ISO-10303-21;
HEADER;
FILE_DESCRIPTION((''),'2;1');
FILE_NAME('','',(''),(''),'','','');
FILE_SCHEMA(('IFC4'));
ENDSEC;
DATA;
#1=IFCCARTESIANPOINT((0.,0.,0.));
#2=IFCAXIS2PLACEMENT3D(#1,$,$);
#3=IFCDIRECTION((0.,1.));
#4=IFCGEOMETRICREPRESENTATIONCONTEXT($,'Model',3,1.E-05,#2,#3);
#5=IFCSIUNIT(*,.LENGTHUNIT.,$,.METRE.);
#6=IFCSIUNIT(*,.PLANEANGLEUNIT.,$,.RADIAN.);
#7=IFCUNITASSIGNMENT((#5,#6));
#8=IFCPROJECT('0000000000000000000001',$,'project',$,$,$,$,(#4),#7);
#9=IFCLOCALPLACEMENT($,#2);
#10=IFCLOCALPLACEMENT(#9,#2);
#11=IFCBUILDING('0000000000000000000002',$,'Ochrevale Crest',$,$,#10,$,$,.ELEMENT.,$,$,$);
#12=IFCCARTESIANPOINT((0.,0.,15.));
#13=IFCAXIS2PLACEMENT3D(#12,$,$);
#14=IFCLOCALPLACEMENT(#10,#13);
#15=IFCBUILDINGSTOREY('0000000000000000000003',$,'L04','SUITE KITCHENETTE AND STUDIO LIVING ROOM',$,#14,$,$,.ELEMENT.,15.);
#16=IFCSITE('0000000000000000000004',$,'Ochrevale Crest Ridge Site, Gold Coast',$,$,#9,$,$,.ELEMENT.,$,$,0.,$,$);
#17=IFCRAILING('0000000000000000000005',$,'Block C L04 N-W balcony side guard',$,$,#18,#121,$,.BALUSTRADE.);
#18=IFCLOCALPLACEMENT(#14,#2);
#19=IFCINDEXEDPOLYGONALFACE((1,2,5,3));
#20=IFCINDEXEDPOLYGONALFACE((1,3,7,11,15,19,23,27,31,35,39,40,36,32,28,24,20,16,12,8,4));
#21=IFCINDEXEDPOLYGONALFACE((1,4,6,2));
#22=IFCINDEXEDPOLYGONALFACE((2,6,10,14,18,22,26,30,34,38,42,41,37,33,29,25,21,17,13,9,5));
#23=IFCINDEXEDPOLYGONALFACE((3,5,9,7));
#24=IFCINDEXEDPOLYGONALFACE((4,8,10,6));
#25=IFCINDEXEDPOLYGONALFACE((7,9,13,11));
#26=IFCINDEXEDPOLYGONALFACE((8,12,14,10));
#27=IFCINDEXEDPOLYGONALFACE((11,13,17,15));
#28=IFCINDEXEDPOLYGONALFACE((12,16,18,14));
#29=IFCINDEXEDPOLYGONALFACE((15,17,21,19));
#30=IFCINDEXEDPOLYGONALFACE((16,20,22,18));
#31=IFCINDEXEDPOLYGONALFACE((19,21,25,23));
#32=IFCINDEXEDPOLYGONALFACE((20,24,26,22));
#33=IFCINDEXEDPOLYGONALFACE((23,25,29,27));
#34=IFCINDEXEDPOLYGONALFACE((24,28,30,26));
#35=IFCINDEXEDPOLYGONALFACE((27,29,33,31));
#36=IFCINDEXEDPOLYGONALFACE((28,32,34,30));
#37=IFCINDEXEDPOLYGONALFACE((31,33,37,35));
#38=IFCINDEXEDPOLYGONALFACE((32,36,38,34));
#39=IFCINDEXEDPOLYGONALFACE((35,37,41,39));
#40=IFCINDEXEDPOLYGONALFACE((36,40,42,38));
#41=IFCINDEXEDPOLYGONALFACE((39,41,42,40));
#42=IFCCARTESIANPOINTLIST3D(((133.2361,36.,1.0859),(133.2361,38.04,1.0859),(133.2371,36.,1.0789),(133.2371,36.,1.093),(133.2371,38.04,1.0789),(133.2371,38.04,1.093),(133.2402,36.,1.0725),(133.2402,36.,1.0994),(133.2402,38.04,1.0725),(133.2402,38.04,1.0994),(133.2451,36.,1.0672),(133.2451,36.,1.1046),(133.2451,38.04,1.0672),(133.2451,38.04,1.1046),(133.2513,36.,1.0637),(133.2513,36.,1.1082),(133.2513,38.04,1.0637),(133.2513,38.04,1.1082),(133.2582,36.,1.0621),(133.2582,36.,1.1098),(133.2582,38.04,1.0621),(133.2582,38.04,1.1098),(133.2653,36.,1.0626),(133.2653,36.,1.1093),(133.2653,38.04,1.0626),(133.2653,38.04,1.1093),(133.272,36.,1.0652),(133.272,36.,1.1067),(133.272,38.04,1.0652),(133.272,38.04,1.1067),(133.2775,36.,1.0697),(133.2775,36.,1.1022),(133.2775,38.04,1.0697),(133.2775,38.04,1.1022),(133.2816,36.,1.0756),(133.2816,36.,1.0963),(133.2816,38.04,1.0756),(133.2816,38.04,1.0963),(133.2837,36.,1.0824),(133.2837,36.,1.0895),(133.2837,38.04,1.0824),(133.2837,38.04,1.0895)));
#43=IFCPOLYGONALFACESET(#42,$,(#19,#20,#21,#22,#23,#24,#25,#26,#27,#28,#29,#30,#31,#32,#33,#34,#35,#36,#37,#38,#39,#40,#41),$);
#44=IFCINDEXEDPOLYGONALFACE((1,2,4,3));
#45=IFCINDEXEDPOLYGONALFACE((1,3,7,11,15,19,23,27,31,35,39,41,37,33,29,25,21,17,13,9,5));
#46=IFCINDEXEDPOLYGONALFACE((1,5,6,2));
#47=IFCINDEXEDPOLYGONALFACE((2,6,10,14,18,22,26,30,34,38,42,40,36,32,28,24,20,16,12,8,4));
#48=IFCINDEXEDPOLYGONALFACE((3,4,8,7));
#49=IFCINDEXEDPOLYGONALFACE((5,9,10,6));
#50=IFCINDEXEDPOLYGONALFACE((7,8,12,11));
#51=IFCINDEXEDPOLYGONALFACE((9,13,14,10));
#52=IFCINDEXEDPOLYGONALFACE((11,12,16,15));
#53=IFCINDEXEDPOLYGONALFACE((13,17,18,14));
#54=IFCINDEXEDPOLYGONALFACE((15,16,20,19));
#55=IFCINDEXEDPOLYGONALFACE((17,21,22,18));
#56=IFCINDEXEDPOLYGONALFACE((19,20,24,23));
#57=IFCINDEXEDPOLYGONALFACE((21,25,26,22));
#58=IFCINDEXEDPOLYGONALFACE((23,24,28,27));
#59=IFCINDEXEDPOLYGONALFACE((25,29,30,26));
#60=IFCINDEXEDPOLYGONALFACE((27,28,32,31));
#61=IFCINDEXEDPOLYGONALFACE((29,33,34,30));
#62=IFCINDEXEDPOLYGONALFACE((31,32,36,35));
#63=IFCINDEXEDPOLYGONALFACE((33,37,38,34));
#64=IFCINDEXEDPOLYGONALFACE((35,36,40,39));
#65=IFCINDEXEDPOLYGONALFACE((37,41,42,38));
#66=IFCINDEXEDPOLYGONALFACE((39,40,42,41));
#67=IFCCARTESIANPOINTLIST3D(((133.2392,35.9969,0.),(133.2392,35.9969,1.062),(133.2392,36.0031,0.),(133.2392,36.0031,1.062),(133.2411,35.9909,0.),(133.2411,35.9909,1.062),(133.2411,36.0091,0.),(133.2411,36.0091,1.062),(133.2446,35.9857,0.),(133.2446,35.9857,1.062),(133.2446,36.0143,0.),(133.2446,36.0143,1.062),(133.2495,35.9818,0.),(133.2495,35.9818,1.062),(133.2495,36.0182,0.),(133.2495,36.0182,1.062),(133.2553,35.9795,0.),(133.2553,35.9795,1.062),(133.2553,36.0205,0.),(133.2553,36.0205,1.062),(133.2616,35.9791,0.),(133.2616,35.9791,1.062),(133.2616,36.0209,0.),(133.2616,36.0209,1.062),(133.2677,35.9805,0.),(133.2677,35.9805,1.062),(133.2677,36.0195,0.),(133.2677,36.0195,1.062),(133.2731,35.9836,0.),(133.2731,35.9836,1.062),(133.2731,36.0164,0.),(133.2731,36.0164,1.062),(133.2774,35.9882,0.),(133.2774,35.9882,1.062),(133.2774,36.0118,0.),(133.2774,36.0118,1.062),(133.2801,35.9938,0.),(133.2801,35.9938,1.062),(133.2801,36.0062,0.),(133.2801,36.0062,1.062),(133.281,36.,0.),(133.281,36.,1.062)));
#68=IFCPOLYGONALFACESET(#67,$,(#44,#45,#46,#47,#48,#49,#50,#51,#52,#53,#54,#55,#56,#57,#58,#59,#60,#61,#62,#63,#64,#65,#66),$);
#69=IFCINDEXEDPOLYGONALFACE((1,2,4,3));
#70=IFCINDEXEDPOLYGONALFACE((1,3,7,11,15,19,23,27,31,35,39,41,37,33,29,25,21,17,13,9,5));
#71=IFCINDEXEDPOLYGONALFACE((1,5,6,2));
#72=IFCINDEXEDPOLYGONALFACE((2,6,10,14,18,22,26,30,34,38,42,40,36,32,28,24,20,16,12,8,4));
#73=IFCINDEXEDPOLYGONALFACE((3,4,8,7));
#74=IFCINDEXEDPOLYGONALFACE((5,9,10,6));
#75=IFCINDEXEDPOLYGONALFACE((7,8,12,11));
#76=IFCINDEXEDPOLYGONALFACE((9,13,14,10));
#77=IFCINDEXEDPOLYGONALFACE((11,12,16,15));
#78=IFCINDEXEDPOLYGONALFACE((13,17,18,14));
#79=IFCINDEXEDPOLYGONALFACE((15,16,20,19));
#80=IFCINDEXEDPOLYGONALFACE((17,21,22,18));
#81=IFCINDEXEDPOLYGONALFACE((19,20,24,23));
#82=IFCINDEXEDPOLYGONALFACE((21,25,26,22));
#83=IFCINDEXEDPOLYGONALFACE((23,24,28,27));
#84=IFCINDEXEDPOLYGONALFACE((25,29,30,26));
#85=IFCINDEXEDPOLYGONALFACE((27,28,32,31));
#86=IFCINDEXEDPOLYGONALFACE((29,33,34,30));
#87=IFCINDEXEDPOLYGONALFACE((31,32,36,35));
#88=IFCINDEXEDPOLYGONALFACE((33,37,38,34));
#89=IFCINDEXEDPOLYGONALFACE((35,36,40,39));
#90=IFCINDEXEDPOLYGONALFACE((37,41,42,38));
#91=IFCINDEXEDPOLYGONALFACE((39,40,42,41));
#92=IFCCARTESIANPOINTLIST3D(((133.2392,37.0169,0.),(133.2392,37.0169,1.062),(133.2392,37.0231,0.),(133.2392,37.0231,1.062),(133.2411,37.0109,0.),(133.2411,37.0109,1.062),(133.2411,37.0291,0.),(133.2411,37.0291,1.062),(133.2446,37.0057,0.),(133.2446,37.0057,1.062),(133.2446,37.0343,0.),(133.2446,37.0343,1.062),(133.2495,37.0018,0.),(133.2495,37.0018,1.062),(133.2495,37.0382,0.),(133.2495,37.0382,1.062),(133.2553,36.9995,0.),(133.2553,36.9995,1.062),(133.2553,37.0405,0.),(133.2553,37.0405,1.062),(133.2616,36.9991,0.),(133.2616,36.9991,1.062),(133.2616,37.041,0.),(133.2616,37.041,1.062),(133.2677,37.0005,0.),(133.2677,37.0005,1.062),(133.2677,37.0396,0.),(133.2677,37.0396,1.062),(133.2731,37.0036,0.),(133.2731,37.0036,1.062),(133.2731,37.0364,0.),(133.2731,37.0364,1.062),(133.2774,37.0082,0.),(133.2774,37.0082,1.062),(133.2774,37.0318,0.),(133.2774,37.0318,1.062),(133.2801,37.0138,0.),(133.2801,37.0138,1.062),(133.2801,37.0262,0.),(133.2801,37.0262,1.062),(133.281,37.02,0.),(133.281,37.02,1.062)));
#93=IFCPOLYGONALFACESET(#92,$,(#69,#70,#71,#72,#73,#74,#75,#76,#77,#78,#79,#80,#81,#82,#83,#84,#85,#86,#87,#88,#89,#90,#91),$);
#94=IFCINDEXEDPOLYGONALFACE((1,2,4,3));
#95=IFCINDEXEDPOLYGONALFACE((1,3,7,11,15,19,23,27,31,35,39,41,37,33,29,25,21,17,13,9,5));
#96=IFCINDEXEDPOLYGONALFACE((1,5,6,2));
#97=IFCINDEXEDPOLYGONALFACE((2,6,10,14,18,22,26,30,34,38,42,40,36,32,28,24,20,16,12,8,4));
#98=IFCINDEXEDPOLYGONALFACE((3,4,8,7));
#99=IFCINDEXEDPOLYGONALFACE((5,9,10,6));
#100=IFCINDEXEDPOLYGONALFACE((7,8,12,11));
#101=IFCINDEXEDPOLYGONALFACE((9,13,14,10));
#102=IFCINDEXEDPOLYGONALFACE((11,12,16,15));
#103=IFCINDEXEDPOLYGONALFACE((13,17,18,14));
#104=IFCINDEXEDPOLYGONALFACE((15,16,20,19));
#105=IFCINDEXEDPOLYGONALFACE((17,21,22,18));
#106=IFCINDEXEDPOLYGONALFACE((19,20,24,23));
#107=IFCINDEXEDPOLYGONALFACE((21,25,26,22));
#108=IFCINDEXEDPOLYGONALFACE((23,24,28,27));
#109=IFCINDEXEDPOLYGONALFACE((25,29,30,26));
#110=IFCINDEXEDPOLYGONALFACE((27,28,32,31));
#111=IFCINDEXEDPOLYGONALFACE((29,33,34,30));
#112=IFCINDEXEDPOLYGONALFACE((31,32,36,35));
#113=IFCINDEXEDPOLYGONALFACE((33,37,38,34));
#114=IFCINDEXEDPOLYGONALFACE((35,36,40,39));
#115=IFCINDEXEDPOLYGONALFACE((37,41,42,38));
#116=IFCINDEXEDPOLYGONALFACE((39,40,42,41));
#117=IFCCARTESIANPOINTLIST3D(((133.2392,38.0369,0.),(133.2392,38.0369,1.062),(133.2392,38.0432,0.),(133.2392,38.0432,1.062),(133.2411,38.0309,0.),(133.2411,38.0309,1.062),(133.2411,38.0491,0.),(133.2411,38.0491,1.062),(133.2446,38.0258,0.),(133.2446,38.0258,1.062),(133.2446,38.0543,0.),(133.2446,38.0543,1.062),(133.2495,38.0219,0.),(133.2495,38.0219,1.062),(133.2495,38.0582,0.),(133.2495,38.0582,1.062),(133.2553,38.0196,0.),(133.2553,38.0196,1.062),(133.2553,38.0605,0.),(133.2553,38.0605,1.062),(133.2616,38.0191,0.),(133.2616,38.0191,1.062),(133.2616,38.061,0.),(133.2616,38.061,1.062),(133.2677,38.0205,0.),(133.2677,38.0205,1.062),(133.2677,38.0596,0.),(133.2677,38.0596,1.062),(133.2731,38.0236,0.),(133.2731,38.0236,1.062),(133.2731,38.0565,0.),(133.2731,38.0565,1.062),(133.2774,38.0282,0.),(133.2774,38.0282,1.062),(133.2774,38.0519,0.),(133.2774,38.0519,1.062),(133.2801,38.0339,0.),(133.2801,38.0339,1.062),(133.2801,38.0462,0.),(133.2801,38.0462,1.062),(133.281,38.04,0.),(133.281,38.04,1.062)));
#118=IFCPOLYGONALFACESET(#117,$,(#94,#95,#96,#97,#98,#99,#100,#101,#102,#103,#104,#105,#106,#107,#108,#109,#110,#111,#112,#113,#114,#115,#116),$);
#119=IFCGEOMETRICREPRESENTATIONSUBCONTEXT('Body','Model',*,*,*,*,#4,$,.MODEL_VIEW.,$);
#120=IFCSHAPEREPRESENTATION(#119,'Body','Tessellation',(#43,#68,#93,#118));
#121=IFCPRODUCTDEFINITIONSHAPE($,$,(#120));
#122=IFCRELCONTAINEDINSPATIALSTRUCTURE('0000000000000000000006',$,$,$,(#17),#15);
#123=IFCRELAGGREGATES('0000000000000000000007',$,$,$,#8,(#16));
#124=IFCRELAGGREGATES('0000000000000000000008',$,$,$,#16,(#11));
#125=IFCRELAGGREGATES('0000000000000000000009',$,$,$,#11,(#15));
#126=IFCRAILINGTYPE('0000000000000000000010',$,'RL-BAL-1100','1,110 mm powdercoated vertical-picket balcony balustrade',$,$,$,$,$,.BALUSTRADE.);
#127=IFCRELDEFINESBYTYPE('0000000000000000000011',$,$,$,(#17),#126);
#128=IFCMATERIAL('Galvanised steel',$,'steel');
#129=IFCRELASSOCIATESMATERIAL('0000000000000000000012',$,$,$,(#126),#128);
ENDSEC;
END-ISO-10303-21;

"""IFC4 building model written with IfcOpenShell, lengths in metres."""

from ifc_helpers import new_model, si_unit, direction, frame, origin, origin_2d, place, context, subcontext, project, spatial, circle, extrude, material, type_object, element, save


model = new_model("IFC4")

# Units and contexts
model_context = context("Model", 3, precision=1e-05, world=origin(), true_north=direction((0.0, 1.0)))
body_context = subcontext(model_context, "Body", "Model", "MODEL_VIEW")
ifc_project = project(units=[si_unit("LENGTHUNIT", "METRE"), si_unit("PLANEANGLEUNIT", "RADIAN")], contexts=[model_context])

# Site, building, storey
site_placement = place(None, origin())
site = spatial("IfcSite", under=ifc_project, at=site_placement, Name="Ochrevale Crest Ridge Site, Gold Coast", CompositionType="ELEMENT", RefElevation=0.0)
building_placement = place(site_placement, origin())
building = spatial("IfcBuilding", under=site, at=building_placement, Name="Ochrevale Crest", CompositionType="ELEMENT")
storey_placement = place(building_placement, frame((0.0, 0.0, 15.0)))
storey = spatial("IfcBuildingStorey", under=building, at=storey_placement, Name="L04", Description="SUITE KITCHENETTE AND STUDIO LIVING ROOM", CompositionType="ELEMENT", Elevation=15.0)

# Railing
ifc_material_1 = material(Name="Galvanised steel", Category="steel")
railing_type = type_object("IfcRailingType", Name="RL-BAL-1100", Description="1,110 mm powdercoated vertical-picket balcony balustrade", PredefinedType="BALUSTRADE", material=ifc_material_1)
railing_1_placement = place(storey_placement, frame((133.26, 36.0, 0.0)))
element("IfcRailing", 1, at=railing_1_placement, inside=storey, type_object=railing_type, Name="Block C L04 N-W balcony side guard", PredefinedType="BALUSTRADE", context=body_context, shape_type="SweptSolid", body=[
    extrude(circle(Radius=0.0239, at=origin_2d()), frame((0.0, 0.0, 1.0859), z_axis=(0.0, 1.0, 0.0), x_axis=(-1.0, 0.0, 0.0)), (0.0, 0.0, 1.0), 2.04),
    extrude(circle(Radius=0.021, at=origin_2d()), origin(), (0.0, 0.0, 1.0), 1.062),
    extrude(circle(Radius=0.021, at=origin_2d()), frame((0.0, 1.02, 0.0)), (0.0, 0.0, 1.0), 1.062),
    extrude(circle(Radius=0.021, at=origin_2d()), frame((0.0, 2.04, 0.0)), (0.0, 0.0, 1.0), 1.062),
])

save(model, "model.ifc")
